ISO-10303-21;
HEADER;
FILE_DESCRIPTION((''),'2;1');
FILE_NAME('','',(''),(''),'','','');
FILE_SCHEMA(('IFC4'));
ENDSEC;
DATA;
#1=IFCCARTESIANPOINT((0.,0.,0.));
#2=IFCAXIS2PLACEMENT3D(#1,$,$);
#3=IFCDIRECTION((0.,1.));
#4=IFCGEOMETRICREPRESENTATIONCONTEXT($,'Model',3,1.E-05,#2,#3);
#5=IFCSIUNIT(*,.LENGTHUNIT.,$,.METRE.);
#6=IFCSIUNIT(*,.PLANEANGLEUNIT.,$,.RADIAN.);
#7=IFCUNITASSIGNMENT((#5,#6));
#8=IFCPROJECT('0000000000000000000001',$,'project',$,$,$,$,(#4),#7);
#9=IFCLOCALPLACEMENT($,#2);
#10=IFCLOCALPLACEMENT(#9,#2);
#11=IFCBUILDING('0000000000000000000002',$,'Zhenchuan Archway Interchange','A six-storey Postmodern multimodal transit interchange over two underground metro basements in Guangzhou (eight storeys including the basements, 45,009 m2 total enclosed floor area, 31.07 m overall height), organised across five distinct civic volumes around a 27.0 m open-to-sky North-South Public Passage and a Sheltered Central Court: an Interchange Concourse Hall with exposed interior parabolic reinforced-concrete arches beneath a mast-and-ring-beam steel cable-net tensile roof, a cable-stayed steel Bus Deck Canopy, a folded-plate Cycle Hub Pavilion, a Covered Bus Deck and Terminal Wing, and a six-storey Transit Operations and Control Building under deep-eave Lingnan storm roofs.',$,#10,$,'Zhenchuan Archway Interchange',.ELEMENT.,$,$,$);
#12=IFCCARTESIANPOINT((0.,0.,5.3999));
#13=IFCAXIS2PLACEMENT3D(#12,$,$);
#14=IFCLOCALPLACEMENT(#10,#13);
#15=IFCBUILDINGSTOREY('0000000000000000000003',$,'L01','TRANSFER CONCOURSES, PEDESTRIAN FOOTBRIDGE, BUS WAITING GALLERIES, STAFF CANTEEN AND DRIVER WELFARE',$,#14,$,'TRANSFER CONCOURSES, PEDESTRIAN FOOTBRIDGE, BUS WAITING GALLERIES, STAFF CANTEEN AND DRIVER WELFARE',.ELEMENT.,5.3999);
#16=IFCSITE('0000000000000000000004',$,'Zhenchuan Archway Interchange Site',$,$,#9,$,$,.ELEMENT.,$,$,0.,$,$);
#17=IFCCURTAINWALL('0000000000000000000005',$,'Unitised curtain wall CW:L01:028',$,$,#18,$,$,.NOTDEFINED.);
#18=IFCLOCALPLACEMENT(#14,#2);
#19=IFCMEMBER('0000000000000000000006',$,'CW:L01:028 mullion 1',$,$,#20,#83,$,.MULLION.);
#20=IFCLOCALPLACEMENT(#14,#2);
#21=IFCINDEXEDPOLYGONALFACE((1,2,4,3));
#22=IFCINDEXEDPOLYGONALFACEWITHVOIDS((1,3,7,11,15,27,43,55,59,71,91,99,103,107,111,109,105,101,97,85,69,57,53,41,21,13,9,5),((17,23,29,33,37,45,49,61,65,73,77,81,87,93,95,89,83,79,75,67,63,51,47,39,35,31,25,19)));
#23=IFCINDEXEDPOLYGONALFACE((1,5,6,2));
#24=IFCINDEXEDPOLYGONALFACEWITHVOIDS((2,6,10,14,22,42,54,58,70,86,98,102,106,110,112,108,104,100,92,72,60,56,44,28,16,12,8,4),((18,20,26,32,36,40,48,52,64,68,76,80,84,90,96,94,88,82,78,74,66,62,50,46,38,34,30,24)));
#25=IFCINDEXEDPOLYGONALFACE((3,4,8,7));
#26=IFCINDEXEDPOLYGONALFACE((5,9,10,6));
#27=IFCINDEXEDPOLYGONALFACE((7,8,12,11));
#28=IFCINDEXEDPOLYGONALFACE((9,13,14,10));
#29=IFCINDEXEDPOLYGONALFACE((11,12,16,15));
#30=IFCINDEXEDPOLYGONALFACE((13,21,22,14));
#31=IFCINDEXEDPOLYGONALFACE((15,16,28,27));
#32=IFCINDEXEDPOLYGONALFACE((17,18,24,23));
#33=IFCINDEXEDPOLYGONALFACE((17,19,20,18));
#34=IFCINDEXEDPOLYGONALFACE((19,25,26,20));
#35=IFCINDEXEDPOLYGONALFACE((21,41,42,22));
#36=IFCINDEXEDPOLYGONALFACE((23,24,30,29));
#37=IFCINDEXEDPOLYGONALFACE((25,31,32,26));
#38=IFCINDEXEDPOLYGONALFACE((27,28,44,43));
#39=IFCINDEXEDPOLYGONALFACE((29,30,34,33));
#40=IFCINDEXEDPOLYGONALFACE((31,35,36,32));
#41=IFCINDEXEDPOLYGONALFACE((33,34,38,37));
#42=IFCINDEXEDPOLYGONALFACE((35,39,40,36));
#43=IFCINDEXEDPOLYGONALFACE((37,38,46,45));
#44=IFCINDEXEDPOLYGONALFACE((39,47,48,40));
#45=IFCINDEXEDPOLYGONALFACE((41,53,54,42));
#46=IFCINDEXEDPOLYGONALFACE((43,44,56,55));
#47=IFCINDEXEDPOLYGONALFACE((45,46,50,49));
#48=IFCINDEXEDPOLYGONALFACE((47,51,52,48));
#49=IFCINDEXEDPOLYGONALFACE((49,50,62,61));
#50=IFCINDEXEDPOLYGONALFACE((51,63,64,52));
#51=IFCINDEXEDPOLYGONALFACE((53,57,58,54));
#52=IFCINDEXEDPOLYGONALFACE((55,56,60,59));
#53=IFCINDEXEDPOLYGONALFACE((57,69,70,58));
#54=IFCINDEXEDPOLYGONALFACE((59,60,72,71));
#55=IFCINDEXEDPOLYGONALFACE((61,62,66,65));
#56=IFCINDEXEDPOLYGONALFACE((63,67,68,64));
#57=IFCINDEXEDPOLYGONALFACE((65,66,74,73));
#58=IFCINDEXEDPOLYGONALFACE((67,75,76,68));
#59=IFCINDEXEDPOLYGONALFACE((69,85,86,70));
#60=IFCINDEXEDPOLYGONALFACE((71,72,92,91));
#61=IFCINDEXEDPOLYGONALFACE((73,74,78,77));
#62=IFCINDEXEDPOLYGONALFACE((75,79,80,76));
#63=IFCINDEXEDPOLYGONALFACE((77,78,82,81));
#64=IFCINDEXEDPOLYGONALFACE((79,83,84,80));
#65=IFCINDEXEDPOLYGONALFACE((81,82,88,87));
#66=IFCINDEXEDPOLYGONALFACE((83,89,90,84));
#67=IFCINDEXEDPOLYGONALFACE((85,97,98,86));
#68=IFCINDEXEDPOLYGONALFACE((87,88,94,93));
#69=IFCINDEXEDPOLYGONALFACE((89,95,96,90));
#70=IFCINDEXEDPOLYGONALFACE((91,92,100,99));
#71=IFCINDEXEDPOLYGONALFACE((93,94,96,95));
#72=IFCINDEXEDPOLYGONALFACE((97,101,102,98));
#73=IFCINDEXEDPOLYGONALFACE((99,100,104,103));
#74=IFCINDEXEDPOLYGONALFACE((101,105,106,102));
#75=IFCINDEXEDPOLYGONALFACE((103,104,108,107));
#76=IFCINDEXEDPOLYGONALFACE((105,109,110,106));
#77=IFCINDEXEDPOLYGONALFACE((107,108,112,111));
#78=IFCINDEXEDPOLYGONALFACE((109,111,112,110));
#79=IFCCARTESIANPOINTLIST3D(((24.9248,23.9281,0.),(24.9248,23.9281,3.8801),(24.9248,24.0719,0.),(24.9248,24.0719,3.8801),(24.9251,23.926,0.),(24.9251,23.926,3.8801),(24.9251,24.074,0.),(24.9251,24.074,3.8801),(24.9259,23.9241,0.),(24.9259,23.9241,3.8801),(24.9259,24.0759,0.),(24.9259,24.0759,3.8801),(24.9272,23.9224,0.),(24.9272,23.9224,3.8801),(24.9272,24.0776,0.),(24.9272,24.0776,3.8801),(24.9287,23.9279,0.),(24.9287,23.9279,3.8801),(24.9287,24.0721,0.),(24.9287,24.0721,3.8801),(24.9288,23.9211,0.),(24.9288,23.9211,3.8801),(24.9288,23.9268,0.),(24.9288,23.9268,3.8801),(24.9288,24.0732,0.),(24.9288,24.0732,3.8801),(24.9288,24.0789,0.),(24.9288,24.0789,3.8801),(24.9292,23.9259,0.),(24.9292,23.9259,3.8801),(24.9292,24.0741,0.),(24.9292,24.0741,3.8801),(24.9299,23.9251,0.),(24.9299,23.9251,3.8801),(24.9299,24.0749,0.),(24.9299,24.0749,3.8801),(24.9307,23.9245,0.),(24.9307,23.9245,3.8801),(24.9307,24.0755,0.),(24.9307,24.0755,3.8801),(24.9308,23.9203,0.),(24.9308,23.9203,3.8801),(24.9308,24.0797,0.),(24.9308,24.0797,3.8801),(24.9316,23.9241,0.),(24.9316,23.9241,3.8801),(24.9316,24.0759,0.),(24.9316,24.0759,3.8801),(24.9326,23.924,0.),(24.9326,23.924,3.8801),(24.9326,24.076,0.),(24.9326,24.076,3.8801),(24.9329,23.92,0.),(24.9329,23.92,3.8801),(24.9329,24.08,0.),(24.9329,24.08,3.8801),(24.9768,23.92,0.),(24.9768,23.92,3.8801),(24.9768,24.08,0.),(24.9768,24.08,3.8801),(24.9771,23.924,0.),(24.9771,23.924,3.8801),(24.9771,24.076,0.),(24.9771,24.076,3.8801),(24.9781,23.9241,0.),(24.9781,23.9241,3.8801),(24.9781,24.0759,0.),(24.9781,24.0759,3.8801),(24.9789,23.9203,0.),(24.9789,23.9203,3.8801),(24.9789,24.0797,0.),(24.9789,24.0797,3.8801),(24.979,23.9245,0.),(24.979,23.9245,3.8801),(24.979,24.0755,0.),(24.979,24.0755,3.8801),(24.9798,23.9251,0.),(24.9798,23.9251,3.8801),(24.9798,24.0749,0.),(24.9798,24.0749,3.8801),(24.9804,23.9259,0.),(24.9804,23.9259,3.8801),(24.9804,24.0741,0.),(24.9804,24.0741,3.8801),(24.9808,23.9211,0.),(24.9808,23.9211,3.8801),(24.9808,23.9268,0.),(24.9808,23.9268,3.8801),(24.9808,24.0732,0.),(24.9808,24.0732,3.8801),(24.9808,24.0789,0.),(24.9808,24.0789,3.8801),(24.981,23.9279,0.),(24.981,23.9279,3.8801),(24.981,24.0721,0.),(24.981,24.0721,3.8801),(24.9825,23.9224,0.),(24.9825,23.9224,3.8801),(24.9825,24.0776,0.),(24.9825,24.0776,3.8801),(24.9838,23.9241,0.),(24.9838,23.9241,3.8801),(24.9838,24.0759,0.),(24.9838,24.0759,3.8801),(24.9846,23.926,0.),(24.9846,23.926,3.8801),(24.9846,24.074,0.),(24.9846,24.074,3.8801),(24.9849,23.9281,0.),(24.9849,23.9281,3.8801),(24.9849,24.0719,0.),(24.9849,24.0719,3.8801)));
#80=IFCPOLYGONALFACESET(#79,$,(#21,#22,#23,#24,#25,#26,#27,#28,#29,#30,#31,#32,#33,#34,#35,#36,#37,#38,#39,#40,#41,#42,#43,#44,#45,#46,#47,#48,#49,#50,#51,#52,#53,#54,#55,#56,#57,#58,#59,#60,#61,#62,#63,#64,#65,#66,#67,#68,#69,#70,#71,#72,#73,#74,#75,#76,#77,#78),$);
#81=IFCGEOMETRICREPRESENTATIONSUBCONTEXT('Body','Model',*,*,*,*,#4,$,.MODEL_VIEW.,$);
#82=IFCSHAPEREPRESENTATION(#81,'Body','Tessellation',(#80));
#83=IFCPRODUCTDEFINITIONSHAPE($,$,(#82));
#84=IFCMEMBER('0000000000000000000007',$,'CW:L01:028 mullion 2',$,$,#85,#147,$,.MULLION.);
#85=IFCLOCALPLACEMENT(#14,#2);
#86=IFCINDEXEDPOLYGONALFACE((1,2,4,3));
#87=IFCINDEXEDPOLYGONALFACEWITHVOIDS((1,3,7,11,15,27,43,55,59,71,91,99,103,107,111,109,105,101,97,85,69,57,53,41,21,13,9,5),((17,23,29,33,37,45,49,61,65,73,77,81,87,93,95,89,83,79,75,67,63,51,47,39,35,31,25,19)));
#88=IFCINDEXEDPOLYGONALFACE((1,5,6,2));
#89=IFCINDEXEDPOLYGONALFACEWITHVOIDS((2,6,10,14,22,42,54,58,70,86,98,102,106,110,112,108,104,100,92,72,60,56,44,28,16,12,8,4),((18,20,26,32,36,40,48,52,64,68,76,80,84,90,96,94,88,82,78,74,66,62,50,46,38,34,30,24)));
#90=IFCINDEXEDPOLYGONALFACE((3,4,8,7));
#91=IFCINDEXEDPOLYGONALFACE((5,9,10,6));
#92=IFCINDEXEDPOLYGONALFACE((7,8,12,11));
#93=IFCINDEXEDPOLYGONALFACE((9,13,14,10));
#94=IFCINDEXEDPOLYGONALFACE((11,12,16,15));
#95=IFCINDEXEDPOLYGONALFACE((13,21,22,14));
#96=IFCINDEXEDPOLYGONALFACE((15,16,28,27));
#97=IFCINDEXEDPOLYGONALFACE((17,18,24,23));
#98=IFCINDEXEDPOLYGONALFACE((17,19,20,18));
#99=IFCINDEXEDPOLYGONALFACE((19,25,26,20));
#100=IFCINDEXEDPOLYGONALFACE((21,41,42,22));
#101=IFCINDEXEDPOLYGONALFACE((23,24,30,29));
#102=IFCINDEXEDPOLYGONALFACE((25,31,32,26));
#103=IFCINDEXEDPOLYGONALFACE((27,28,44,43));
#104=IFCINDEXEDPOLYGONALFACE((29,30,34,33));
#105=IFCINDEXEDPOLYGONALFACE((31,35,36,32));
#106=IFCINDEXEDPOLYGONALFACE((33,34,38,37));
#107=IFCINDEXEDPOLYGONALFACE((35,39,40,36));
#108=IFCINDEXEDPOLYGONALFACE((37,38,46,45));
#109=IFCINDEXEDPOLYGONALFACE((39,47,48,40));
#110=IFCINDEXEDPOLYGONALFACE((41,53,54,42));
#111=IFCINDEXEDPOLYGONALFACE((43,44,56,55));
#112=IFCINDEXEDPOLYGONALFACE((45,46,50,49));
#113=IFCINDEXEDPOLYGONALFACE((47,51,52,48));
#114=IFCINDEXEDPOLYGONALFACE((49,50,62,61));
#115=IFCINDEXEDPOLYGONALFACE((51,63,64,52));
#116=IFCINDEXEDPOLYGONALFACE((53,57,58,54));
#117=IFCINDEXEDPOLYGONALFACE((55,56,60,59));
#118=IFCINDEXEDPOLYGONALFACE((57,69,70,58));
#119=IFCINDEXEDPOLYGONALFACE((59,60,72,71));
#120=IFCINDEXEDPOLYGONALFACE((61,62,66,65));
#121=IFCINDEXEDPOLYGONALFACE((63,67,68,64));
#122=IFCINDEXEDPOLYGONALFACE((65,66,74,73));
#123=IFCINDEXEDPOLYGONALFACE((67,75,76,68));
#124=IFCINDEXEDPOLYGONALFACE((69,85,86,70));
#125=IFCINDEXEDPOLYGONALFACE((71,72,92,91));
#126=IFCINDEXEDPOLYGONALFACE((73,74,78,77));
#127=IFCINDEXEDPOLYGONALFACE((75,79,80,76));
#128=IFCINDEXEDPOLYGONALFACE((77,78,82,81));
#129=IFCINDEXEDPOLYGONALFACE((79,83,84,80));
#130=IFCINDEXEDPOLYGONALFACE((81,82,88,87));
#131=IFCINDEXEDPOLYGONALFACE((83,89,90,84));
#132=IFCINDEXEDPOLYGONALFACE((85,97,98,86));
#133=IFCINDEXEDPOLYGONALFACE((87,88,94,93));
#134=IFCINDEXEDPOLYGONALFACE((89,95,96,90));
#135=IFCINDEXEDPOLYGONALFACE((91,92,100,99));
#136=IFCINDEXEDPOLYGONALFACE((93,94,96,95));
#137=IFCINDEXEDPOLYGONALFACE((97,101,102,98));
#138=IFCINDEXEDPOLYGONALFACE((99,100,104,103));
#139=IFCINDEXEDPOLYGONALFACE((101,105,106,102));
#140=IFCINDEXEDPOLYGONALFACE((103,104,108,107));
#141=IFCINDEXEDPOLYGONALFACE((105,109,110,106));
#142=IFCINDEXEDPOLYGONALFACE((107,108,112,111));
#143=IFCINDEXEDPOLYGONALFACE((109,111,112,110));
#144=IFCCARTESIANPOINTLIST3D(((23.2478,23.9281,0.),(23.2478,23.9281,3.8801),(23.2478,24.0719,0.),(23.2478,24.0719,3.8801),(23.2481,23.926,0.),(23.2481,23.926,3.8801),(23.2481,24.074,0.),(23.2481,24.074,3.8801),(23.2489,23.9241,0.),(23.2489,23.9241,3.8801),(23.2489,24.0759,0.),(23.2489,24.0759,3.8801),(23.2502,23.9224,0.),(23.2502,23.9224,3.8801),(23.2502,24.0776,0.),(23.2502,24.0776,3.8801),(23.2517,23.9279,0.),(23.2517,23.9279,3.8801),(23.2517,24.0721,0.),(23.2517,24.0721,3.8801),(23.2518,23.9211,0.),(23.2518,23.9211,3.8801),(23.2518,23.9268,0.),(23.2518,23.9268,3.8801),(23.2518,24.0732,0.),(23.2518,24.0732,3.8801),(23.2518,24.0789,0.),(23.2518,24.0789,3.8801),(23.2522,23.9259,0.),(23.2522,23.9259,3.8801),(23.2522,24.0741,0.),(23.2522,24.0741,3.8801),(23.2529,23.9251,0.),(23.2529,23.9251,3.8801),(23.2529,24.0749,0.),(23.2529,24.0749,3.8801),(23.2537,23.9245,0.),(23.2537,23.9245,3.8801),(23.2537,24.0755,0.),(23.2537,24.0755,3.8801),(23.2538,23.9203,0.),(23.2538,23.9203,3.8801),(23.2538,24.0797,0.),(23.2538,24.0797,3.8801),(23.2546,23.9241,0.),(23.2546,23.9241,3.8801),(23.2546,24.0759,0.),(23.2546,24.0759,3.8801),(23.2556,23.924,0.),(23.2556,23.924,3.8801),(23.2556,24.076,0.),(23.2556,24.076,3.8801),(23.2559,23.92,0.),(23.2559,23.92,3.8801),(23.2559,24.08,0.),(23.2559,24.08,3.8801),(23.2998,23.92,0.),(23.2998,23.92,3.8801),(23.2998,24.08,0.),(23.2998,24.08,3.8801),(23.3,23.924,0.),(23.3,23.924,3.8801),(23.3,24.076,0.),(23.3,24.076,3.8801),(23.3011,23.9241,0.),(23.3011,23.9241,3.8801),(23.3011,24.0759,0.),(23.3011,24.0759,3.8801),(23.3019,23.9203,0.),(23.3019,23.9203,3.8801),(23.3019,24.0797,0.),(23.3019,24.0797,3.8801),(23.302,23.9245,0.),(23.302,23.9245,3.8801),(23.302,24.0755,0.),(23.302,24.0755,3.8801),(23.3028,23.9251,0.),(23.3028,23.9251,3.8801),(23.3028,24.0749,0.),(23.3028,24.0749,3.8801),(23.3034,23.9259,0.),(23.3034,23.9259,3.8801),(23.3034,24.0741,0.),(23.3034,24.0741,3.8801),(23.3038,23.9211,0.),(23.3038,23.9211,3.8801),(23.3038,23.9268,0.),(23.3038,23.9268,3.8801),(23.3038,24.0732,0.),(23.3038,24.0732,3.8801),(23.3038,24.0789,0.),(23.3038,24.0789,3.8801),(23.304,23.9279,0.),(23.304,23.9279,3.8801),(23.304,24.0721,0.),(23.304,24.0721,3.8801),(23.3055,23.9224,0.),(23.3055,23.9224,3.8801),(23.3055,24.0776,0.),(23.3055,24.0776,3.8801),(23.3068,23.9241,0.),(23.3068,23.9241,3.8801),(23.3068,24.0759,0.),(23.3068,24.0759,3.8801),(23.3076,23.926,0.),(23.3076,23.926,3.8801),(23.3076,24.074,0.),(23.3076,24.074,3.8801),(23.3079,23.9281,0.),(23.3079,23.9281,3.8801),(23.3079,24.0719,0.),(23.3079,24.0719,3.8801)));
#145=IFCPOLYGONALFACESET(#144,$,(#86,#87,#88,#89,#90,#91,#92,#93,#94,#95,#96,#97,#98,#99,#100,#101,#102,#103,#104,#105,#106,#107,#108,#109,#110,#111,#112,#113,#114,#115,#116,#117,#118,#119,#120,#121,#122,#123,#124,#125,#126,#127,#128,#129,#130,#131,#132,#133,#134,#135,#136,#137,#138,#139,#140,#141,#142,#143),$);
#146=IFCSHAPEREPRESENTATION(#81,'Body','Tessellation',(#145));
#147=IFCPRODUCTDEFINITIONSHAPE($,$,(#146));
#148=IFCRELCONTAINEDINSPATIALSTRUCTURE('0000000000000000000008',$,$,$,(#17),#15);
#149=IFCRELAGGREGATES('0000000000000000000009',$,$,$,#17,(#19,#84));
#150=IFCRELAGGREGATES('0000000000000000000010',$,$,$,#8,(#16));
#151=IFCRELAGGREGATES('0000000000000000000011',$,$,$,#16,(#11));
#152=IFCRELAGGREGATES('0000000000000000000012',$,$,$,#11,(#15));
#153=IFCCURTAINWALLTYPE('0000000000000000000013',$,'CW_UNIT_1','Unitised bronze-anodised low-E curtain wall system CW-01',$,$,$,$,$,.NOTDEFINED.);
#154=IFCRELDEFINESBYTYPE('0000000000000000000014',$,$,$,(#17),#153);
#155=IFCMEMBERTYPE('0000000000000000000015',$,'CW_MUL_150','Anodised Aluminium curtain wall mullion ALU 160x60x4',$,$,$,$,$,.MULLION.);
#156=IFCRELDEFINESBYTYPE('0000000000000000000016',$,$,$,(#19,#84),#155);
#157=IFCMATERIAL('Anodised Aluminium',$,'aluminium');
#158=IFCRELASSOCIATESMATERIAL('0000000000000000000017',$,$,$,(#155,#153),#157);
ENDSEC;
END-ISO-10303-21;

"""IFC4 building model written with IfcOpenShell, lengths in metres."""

from ifc_helpers import new_model, si_unit, direction, frame, origin, origin_2d, place, context, subcontext, project, spatial, hollow_rectangle, extrude, material, material_profile, profile_set, type_object, element, aggregate, save


model = new_model("IFC4")

# Units and contexts
model_context = context("Model", 3, precision=1e-05, world=origin(), true_north=direction((0.0, 1.0)))
body_context = subcontext(model_context, "Body", "Model", "MODEL_VIEW")
ifc_project = project(units=[si_unit("LENGTHUNIT", "METRE"), si_unit("PLANEANGLEUNIT", "RADIAN")], contexts=[model_context])

# Site, building, storey
site_placement = place(None, origin())
site = spatial("IfcSite", under=ifc_project, at=site_placement, Name="Zhenchuan Archway Interchange Site", CompositionType="ELEMENT", RefElevation=0.0)
building_placement = place(site_placement, origin())
building = spatial("IfcBuilding", under=site, at=building_placement, Name="Zhenchuan Archway Interchange", Description="A six-storey Postmodern multimodal transit interchange over two underground metro basements in Guangzhou (eight storeys including the basements, 45,009 m2 total enclosed floor area, 31.07 m overall height), organised across five distinct civic volumes around a 27.0 m open-to-sky North-South Public Passage and a Sheltered Central Court: an Interchange Concourse Hall with exposed interior parabolic reinforced-concrete arches beneath a mast-and-ring-beam steel cable-net tensile roof, a cable-stayed steel Bus Deck Canopy, a folded-plate Cycle Hub Pavilion, a Covered Bus Deck and Terminal Wing, and a six-storey Transit Operations and Control Building under deep-eave Lingnan storm roofs.", LongName="Zhenchuan Archway Interchange", CompositionType="ELEMENT")
storey_placement = place(building_placement, frame((0.0, 0.0, 5.3999)))
storey = spatial("IfcBuildingStorey", under=building, at=storey_placement, Name="L01", Description="TRANSFER CONCOURSES, PEDESTRIAN FOOTBRIDGE, BUS WAITING GALLERIES, STAFF CANTEEN AND DRIVER WELFARE", LongName="TRANSFER CONCOURSES, PEDESTRIAN FOOTBRIDGE, BUS WAITING GALLERIES, STAFF CANTEEN AND DRIVER WELFARE", CompositionType="ELEMENT", Elevation=5.3999)

# Shared definitions
ifc_material_1 = material(Name="Anodised Aluminium", Category="aluminium")
ifc_material_profile_1 = material_profile(ifc_material_1, hollow_rectangle(XDim=0.0601, YDim=0.1599, WallThickness=0.0039, InnerFilletRadius=0.0039, OuterFilletRadius=0.0081, at=origin_2d()), Name="ALU 160x60x4")
ifc_profile_set_1 = profile_set([ifc_material_profile_1], Name="Anodised Aluminium")
member_type_1 = type_object("IfcMemberType", Name="CW_MUL_150", Description="Anodised Aluminium curtain wall mullion ALU 160x60x4", PredefinedType="MULLION", material=ifc_profile_set_1)

# Curtain wall, members
curtain_wall_type_1 = type_object("IfcCurtainWallType", Name="CW_UNIT_1", Description="Unitised bronze-anodised low-E curtain wall system CW-01", PredefinedType="NOTDEFINED", material=ifc_material_1)
curtain_wall_1_placement = place(storey_placement, origin())
curtain_wall_1 = element("IfcCurtainWall", 1, at=curtain_wall_1_placement, inside=storey, type_object=curtain_wall_type_1, Name="Unitised curtain wall CW:L01:028", PredefinedType="NOTDEFINED")
member_1_placement = place(storey_placement, frame((24.9548, 24.0, 0.0), z_axis=(0.0, 0.0, 1.0), x_axis=(1.0, 0.0, 0.0)))
member_1 = element("IfcMember", 2, at=member_1_placement, type_object=member_type_1, Name="CW:L01:028 mullion 1", PredefinedType="MULLION", context=body_context, shape_type="SweptSolid", body=[
    extrude(hollow_rectangle(XDim=0.0601, YDim=0.1599, WallThickness=0.0039, InnerFilletRadius=0.0039, OuterFilletRadius=0.0081, at=origin_2d()), origin(), (0.0, 0.0, 1.0), 3.8801),
])
member_2_placement = place(storey_placement, frame((23.2778, 24.0, 0.0), z_axis=(0.0, 0.0, 1.0), x_axis=(1.0, 0.0, 0.0)))
member_2 = element("IfcMember", 3, at=member_2_placement, type_object=member_type_1, Name="CW:L01:028 mullion 2", PredefinedType="MULLION", context=body_context, shape_type="SweptSolid", body=[
    extrude(hollow_rectangle(XDim=0.0601, YDim=0.1599, WallThickness=0.0039, InnerFilletRadius=0.0039, OuterFilletRadius=0.0081, at=origin_2d()), origin(), (0.0, 0.0, 1.0), 3.8801),
])

aggregate(curtain_wall_1, [member_1, member_2])

save(model, "model.ifc")
